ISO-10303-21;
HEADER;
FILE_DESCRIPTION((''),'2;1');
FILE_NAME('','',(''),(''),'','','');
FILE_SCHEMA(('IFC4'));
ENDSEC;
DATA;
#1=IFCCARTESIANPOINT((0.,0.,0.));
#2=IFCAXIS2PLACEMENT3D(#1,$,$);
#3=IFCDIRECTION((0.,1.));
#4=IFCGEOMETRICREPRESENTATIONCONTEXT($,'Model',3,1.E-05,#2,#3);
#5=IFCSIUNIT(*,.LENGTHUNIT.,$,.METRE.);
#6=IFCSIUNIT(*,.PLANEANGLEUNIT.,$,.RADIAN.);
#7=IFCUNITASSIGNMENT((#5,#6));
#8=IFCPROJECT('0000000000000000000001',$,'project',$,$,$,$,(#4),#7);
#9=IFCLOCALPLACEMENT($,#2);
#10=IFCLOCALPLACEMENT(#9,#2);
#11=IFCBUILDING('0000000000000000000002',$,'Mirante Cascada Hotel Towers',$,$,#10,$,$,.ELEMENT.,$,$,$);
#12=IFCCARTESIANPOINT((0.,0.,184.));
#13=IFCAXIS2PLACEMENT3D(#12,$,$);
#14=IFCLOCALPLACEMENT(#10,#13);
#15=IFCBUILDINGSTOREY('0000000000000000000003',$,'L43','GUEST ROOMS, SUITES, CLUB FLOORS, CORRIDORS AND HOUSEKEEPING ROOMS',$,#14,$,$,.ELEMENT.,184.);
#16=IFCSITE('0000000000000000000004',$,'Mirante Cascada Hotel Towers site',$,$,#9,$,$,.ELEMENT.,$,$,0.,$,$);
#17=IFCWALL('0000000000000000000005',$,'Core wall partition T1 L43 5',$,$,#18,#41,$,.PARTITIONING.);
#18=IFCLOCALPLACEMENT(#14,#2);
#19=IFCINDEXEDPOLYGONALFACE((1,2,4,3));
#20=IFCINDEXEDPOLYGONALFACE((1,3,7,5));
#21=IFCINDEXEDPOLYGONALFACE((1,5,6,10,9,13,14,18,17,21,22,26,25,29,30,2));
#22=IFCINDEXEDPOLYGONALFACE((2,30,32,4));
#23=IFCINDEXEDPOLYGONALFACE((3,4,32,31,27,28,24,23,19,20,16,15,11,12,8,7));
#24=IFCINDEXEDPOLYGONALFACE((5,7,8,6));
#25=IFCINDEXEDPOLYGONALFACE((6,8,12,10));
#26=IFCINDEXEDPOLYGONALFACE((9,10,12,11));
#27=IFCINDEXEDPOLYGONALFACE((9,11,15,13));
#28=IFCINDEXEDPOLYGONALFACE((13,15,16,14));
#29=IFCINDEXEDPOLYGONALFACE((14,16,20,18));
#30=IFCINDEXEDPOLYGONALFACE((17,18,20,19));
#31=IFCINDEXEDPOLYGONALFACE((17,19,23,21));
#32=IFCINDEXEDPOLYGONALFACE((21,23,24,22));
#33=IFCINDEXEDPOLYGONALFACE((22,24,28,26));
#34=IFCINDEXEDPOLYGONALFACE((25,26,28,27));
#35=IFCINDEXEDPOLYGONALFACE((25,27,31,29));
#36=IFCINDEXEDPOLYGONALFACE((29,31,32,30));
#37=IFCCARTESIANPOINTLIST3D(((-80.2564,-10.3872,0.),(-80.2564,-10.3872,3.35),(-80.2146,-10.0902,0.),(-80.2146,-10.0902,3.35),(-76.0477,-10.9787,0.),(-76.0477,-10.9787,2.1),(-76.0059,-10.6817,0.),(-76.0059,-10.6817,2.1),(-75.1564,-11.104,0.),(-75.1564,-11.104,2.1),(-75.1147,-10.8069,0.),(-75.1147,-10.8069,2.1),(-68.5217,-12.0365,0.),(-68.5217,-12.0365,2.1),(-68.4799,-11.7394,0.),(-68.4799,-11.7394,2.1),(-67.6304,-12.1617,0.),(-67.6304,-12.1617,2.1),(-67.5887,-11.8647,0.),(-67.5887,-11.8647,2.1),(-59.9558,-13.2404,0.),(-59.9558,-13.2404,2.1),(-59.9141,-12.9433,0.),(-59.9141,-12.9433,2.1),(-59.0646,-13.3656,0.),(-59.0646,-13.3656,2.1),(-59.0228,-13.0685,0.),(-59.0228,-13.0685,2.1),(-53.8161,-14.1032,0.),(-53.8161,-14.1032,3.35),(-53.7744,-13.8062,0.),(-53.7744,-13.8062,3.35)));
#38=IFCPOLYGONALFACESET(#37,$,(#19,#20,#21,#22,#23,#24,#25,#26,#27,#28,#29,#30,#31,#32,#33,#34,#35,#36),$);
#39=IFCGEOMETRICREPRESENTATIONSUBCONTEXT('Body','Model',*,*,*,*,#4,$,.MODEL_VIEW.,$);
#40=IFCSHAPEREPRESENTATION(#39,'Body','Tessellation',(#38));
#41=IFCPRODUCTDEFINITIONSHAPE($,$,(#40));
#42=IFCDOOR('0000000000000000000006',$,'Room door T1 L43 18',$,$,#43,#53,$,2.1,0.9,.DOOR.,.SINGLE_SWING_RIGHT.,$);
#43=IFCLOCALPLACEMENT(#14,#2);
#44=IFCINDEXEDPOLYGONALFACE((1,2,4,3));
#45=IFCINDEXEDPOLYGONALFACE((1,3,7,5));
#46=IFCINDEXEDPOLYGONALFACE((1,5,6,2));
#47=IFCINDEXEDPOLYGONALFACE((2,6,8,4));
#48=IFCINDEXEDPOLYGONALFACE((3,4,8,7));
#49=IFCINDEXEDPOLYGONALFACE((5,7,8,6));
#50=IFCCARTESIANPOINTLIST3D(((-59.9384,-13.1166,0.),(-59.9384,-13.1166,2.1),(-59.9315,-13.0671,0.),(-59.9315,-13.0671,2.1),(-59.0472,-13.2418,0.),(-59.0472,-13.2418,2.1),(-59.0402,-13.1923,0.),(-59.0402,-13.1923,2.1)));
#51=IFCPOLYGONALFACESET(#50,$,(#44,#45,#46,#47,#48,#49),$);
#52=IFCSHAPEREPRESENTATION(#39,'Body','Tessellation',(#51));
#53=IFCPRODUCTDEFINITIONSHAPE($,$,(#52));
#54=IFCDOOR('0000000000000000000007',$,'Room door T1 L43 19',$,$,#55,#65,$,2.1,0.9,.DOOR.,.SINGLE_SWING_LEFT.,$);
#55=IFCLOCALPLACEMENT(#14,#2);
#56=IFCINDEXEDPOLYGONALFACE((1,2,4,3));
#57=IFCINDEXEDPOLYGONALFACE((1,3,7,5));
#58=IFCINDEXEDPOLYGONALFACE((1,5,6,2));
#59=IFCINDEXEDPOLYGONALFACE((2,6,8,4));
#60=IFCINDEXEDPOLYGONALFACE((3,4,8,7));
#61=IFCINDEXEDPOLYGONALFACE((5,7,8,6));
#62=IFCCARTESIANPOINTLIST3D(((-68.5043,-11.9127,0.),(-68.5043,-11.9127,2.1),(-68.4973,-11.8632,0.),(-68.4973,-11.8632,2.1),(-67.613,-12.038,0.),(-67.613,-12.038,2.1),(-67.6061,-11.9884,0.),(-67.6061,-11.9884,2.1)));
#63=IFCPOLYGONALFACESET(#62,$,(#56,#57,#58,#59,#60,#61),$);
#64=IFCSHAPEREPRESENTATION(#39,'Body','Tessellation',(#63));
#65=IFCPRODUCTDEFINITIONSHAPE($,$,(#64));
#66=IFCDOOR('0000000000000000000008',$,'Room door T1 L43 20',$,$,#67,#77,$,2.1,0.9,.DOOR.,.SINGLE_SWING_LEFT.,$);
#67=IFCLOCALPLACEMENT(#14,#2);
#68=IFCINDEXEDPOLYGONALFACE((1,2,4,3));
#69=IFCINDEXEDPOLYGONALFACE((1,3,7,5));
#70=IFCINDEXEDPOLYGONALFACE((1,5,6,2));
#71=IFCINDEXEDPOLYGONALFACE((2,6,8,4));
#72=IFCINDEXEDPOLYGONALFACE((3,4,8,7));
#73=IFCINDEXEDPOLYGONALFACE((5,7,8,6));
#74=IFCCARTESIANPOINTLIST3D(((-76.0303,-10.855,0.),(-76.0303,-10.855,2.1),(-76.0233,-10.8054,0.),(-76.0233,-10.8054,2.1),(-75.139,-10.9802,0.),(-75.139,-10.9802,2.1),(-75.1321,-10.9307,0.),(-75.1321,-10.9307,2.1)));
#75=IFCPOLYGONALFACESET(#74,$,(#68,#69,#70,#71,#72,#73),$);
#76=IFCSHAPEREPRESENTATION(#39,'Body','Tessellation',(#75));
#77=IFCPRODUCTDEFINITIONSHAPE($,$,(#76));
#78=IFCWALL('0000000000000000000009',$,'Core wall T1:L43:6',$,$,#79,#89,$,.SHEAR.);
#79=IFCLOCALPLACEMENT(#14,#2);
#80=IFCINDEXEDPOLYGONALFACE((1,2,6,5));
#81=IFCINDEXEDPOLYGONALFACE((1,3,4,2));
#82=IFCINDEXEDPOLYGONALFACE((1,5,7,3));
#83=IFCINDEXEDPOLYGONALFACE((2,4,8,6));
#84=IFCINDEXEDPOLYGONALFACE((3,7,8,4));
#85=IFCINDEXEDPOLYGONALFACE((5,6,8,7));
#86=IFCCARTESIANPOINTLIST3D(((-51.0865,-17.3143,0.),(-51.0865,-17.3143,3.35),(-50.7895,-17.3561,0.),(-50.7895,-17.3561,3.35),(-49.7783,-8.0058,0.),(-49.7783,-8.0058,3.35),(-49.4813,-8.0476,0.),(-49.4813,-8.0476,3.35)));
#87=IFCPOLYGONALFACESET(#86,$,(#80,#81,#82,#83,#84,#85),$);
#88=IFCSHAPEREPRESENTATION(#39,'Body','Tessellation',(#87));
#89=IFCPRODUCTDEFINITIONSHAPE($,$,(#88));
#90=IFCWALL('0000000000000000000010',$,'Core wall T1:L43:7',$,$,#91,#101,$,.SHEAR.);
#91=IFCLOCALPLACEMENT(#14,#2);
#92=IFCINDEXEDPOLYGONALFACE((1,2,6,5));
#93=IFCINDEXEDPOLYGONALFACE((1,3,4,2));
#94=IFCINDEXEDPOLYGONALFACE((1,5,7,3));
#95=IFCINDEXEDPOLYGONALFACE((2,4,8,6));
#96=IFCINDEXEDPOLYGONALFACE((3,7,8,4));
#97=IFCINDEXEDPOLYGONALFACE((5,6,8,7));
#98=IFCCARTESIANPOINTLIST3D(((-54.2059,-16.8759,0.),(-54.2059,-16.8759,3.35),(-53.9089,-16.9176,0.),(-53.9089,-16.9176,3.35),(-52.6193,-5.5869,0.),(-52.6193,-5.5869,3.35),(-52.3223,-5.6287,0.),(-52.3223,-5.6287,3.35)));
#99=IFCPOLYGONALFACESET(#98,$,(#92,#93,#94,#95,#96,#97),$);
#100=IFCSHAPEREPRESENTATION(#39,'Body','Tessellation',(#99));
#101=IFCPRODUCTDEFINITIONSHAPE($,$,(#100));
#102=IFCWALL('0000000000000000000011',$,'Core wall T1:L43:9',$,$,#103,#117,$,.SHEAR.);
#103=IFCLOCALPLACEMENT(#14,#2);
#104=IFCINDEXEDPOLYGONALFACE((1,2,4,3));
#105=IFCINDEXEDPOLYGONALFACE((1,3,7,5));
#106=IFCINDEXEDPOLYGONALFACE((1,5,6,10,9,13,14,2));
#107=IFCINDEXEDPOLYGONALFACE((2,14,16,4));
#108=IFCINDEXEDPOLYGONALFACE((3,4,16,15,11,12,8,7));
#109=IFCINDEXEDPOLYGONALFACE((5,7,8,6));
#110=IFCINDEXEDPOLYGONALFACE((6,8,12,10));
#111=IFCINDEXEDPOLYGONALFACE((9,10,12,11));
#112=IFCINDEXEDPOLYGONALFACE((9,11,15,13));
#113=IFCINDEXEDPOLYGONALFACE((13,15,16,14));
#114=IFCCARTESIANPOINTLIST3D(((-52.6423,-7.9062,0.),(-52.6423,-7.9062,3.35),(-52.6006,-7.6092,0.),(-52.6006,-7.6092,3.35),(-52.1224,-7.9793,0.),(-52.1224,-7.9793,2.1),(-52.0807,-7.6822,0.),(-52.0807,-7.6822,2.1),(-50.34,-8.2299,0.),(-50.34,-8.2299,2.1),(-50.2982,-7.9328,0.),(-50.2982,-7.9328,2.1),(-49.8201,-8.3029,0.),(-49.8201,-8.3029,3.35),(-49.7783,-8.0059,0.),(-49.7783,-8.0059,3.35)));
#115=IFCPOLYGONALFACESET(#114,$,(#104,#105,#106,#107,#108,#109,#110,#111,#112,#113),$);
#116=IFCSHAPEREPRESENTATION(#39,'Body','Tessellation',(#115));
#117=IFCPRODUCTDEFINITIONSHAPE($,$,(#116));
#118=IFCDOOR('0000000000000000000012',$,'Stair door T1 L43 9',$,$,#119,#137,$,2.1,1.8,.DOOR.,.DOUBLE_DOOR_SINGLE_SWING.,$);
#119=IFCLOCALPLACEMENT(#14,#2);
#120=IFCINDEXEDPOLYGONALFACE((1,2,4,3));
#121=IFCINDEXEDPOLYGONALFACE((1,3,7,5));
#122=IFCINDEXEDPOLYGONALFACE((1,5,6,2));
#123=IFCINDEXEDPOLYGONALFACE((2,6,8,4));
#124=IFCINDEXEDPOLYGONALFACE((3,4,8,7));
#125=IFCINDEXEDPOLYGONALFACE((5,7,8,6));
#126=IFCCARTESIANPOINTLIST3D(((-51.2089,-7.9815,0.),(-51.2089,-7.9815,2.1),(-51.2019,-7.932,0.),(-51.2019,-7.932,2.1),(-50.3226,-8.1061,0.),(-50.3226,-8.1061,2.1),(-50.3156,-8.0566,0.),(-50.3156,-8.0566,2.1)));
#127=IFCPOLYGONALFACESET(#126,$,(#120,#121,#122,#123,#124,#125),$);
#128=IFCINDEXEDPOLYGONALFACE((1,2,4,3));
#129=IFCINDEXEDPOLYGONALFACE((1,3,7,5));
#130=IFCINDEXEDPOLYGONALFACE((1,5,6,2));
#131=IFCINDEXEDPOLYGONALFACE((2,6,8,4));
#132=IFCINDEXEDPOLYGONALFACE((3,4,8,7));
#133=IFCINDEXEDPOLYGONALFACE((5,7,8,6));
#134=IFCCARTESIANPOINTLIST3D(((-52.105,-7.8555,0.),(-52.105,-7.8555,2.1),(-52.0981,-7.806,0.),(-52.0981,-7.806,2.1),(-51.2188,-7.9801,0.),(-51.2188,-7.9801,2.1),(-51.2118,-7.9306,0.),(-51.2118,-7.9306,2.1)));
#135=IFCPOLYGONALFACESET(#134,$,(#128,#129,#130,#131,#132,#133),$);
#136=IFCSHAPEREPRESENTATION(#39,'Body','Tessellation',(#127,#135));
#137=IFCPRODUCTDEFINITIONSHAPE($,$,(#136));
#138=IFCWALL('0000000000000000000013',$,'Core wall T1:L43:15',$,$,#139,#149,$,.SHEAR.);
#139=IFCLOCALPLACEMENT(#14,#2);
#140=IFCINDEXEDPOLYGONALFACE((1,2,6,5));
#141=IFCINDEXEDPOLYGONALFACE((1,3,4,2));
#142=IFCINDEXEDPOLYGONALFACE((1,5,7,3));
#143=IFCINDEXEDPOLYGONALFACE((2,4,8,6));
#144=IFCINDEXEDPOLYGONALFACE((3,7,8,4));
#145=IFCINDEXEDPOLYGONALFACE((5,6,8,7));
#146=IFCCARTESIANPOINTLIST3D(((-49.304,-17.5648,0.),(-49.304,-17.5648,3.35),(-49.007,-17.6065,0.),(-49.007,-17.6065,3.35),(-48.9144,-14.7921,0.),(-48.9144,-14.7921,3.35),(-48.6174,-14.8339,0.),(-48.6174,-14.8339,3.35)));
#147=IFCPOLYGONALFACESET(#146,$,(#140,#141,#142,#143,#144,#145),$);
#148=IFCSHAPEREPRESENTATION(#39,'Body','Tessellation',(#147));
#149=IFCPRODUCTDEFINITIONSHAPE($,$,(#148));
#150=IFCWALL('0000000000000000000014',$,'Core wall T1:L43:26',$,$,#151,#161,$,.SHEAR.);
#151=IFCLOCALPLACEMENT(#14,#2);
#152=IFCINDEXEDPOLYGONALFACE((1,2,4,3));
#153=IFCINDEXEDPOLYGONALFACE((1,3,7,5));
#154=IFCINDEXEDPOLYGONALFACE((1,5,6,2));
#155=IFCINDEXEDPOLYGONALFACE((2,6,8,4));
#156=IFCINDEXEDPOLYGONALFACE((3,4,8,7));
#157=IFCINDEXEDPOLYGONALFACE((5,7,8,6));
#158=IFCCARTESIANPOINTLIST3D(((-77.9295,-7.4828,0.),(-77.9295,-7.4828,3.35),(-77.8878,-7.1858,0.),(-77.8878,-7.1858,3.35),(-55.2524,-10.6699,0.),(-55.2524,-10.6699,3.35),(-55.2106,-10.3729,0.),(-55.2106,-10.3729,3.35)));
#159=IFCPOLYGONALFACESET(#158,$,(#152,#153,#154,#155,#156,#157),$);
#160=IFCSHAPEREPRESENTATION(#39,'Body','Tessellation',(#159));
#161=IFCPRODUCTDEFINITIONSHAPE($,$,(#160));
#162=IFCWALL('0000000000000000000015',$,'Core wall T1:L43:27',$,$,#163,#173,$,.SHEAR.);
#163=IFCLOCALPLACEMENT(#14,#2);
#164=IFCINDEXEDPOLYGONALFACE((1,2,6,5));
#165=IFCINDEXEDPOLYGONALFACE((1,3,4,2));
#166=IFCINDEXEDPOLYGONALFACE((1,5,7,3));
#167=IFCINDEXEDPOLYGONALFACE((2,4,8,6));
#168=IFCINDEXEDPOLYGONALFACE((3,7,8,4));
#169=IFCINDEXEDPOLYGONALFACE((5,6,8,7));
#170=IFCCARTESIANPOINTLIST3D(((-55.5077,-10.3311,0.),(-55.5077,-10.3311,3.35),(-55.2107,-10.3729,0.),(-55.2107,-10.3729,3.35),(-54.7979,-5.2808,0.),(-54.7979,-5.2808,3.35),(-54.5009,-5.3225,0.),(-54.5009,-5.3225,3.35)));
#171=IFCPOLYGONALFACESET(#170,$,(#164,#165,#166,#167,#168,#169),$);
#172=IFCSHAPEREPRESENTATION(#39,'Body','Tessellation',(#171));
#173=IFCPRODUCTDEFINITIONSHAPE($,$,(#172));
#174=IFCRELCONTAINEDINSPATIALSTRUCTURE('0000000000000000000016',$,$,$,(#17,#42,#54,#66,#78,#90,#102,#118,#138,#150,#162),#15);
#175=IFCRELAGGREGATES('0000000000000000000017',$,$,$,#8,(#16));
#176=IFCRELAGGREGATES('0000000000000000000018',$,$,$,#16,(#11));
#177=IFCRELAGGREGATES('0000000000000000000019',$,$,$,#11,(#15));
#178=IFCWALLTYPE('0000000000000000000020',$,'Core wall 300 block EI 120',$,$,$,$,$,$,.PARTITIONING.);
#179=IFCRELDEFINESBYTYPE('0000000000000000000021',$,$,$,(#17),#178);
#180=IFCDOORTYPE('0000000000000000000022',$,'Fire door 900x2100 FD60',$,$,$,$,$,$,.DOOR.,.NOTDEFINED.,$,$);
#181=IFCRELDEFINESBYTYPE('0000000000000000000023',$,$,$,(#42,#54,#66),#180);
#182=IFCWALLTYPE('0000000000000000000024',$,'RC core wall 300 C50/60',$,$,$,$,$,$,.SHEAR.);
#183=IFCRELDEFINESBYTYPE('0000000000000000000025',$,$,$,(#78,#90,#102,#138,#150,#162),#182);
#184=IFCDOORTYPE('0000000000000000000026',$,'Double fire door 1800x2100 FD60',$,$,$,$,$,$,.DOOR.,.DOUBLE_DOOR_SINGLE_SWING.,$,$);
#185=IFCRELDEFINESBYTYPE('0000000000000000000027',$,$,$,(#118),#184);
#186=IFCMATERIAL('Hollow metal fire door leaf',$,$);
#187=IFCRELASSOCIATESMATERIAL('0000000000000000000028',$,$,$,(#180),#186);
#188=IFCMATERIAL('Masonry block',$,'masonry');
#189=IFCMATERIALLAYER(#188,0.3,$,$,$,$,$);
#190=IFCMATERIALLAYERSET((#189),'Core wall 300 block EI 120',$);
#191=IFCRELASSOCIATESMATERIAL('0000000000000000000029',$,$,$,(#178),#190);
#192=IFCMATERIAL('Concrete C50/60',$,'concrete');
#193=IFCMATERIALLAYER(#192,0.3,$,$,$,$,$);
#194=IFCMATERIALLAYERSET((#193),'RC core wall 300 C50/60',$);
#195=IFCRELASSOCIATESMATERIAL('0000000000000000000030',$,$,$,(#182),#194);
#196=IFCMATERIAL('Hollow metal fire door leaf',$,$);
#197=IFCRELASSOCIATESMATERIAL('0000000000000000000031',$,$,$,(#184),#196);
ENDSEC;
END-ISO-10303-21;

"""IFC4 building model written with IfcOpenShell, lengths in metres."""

from ifc_helpers import new_model, si_unit, direction, frame, frame_2d, origin, place, context, subcontext, project, spatial, rectangle, extrude, material, layer, layer_set, type_object, element, fill, save


model = new_model("IFC4")

# Units and contexts
model_context = context("Model", 3, precision=1e-05, world=origin(), true_north=direction((0.0, 1.0)))
body_context = subcontext(model_context, "Body", "Model", "MODEL_VIEW")
ifc_project = project(units=[si_unit("LENGTHUNIT", "METRE"), si_unit("PLANEANGLEUNIT", "RADIAN")], contexts=[model_context])

# Site, building, storey
site_placement = place(None, origin())
site = spatial("IfcSite", under=ifc_project, at=site_placement, Name="Mirante Cascada Hotel Towers site", CompositionType="ELEMENT", RefElevation=0.0)
building_placement = place(site_placement, origin())
building = spatial("IfcBuilding", under=site, at=building_placement, Name="Mirante Cascada Hotel Towers", CompositionType="ELEMENT")
storey_placement = place(building_placement, frame((0.0, 0.0, 184.0)))
storey = spatial("IfcBuildingStorey", under=building, at=storey_placement, Name="L43", Description="GUEST ROOMS, SUITES, CLUB FLOORS, CORRIDORS AND HOUSEKEEPING ROOMS", CompositionType="ELEMENT", Elevation=184.0)

# Shared definitions
ifc_material_1 = material(Name="Hollow metal fire door leaf")
door_type_1 = type_object("IfcDoorType", Name="Fire door 900x2100 FD60", OperationType="NOTDEFINED", PredefinedType="DOOR", material=ifc_material_1)

# Wall, openings, doors
ifc_material_2 = material(Name="Masonry block", Category="masonry")
ifc_layer_1 = layer(ifc_material_2, 0.3)
ifc_layer_set_1 = layer_set([ifc_layer_1], Name="Core wall 300 block EI 120")
wall_type_1 = type_object("IfcWallType", Name="Core wall 300 block EI 120", PredefinedType="PARTITIONING", material=ifc_layer_set_1)
wall_1_placement = place(storey_placement, frame((-53.7953, -13.9547, 0.0), z_axis=(0.0, 0.0, 1.0), x_axis=(-0.990268, 0.139176, 0.0)))
wall_1 = element("IfcWall", 1, at=wall_1_placement, inside=storey, type_object=wall_type_1, Name="Core wall partition T1 L43 5", PredefinedType="PARTITIONING", context=body_context, shape_type="SweptSolid", body=[
    extrude(rectangle(XDim=26.7001, YDim=0.3, at=frame_2d((13.35, 0.0))), origin(), (0.0, 0.0, 1.0), 3.35),
])
opening_1_placement = place(wall_1_placement, frame((5.3, 0.0, 0.0)))
opening_1 = element("IfcOpeningElement", 2, at=opening_1_placement, cuts=wall_1, PredefinedType="OPENING", context=body_context, shape_type="SweptSolid", body=[
    extrude(rectangle(XDim=0.9, YDim=2.1, at=frame_2d((0.45, 1.05))), frame((0.0, 0.15, 0.0), z_axis=(0.0, -1.0, 0.0), x_axis=(1.0, 0.0, 0.0)), (0.0, 0.0, 1.0), 0.3),
])
opening_2_placement = place(wall_1_placement, frame((13.95, 0.0, 0.0)))
opening_2 = element("IfcOpeningElement", 3, at=opening_2_placement, cuts=wall_1, PredefinedType="OPENING", context=body_context, shape_type="SweptSolid", body=[
    extrude(rectangle(XDim=0.9, YDim=2.1, at=frame_2d((0.45, 1.05))), frame((0.0, 0.15, 0.0), z_axis=(0.0, -1.0, 0.0), x_axis=(1.0, 0.0, 0.0)), (0.0, 0.0, 1.0), 0.3),
])
opening_3_placement = place(wall_1_placement, frame((21.55, 0.0, 0.0)))
opening_3 = element("IfcOpeningElement", 4, at=opening_3_placement, cuts=wall_1, PredefinedType="OPENING", context=body_context, shape_type="SweptSolid", body=[
    extrude(rectangle(XDim=0.9, YDim=2.1, at=frame_2d((0.45, 1.05))), frame((0.0, 0.15, 0.0), z_axis=(0.0, -1.0, 0.0), x_axis=(1.0, 0.0, 0.0)), (0.0, 0.0, 1.0), 0.3),
])
door_1_placement = place(opening_1_placement, origin())
door_1 = element("IfcDoor", 5, at=door_1_placement, inside=storey, type_object=door_type_1, Name="Room door T1 L43 18", OperationType="SINGLE_SWING_RIGHT", OverallHeight=2.1, OverallWidth=0.9, PredefinedType="DOOR", context=body_context, shape_type="SweptSolid", body=[
    extrude(rectangle(XDim=0.9, YDim=2.1, at=frame_2d((0.45, 1.05))), frame((0.0, 0.025, 0.0), z_axis=(0.0, -1.0, 0.0), x_axis=(1.0, 0.0, 0.0)), (0.0, 0.0, 1.0), 0.05),
])
fill(opening_1, door_1)
door_2_placement = place(opening_2_placement, origin())
door_2 = element("IfcDoor", 6, at=door_2_placement, inside=storey, type_object=door_type_1, Name="Room door T1 L43 19", OperationType="SINGLE_SWING_LEFT", OverallHeight=2.1, OverallWidth=0.9, PredefinedType="DOOR", context=body_context, shape_type="SweptSolid", body=[
    extrude(rectangle(XDim=0.9, YDim=2.1, at=frame_2d((0.45, 1.05))), frame((0.0, 0.025, 0.0), z_axis=(0.0, -1.0, 0.0), x_axis=(1.0, 0.0, 0.0)), (0.0, 0.0, 1.0), 0.05),
])
fill(opening_2, door_2)
door_3_placement = place(opening_3_placement, origin())
door_3 = element("IfcDoor", 7, at=door_3_placement, inside=storey, type_object=door_type_1, Name="Room door T1 L43 20", OperationType="SINGLE_SWING_LEFT", OverallHeight=2.1, OverallWidth=0.9, PredefinedType="DOOR", context=body_context, shape_type="SweptSolid", body=[
    extrude(rectangle(XDim=0.9, YDim=2.1, at=frame_2d((0.45, 1.05))), frame((0.0, 0.025, 0.0), z_axis=(0.0, -1.0, 0.0), x_axis=(1.0, 0.0, 0.0)), (0.0, 0.0, 1.0), 0.05),
])
fill(opening_3, door_3)

# Walls
ifc_material_3 = material(Name="Concrete C50/60", Category="concrete")
ifc_layer_2 = layer(ifc_material_3, 0.3)
ifc_layer_set_2 = layer_set([ifc_layer_2], Name="RC core wall 300 C50/60")
wall_type_2 = type_object("IfcWallType", Name="RC core wall 300 C50/60", PredefinedType="SHEAR", material=ifc_layer_set_2)
wall_2_placement = place(storey_placement, frame((-50.938, -17.3352, 0.0), z_axis=(0.0, 0.0, 1.0), x_axis=(0.139171, 0.990268, 0.0)))
element("IfcWall", 8, at=wall_2_placement, inside=storey, type_object=wall_type_2, Name="Core wall T1:L43:6", PredefinedType="SHEAR", context=body_context, shape_type="SweptSolid", body=[
    extrude(rectangle(XDim=9.4, YDim=0.3, at=frame_2d((4.7, 0.0))), origin(), (0.0, 0.0, 1.0), 3.35),
])
wall_3_placement = place(storey_placement, frame((-54.0574, -16.8968, 0.0), z_axis=(0.0, 0.0, 1.0), x_axis=(0.139176, 0.990268, 0.0)))
element("IfcWall", 9, at=wall_3_placement, inside=storey, type_object=wall_type_2, Name="Core wall T1:L43:7", PredefinedType="SHEAR", context=body_context, shape_type="SweptSolid", body=[
    extrude(rectangle(XDim=11.3999, YDim=0.3, at=frame_2d((5.7, 0.0))), origin(), (0.0, 0.0, 1.0), 3.35),
])

# Wall, opening, door
wall_4_placement = place(storey_placement, frame((-49.7992, -8.1544, 0.0), z_axis=(0.0, 0.0, 1.0), x_axis=(-0.990266, 0.139191, 0.0)))
wall_4 = element("IfcWall", 10, at=wall_4_placement, inside=storey, type_object=wall_type_2, Name="Core wall T1:L43:9", PredefinedType="SHEAR", context=body_context, shape_type="SweptSolid", body=[
    extrude(rectangle(XDim=2.85, YDim=0.3, at=frame_2d((1.425, 0.0))), origin(), (0.0, 0.0, 1.0), 3.35),
])
opening_4_placement = place(wall_4_placement, frame((0.525, 0.0, 0.0)))
opening_4 = element("IfcOpeningElement", 11, at=opening_4_placement, cuts=wall_4, PredefinedType="OPENING", context=body_context, shape_type="SweptSolid", body=[
    extrude(rectangle(XDim=1.8, YDim=2.1, at=frame_2d((0.9, 1.05))), frame((0.0, 0.15, 0.0), z_axis=(0.0, -1.0, 0.0), x_axis=(1.0, 0.0, 0.0)), (0.0, 0.0, 1.0), 0.3),
])
ifc_material_4 = material(Name="Hollow metal fire door leaf")
door_type_2 = type_object("IfcDoorType", Name="Double fire door 1800x2100 FD60", OperationType="DOUBLE_DOOR_SINGLE_SWING", PredefinedType="DOOR", material=ifc_material_4)
door_4_placement = place(opening_4_placement, origin())
door_4 = element("IfcDoor", 12, at=door_4_placement, inside=storey, type_object=door_type_2, Name="Stair door T1 L43 9", OperationType="DOUBLE_DOOR_SINGLE_SWING", OverallHeight=2.1, OverallWidth=1.8, PredefinedType="DOOR", context=body_context, shape_type="SweptSolid", body=[
    extrude(rectangle(XDim=0.895, YDim=2.1, at=frame_2d((0.4475, 1.05))), frame((0.0, 0.025, 0.0), z_axis=(0.0, -1.0, 0.0), x_axis=(1.0, 0.0, 0.0)), (0.0, 0.0, 1.0), 0.05),
    extrude(rectangle(XDim=0.895, YDim=2.1, at=frame_2d((1.3525, 1.05))), frame((0.0, 0.025, 0.0), z_axis=(0.0, -1.0, 0.0), x_axis=(1.0, 0.0, 0.0)), (0.0, 0.0, 1.0), 0.05),
])
fill(opening_4, door_4)

# Walls
wall_5_placement = place(storey_placement, frame((-49.1555, -17.5857, 0.0), z_axis=(0.0, 0.0, 1.0), x_axis=(0.139146, 0.990272, 0.0)))
element("IfcWall", 13, at=wall_5_placement, inside=storey, type_object=wall_type_2, Name="Core wall T1:L43:15", PredefinedType="SHEAR", context=body_context, shape_type="SweptSolid", body=[
    extrude(rectangle(XDim=2.7999, YDim=0.3, at=frame_2d((1.4, 0.0))), origin(), (0.0, 0.0, 1.0), 3.35),
])
wall_6_placement = place(storey_placement, frame((-55.2315, -10.5214, 0.0), z_axis=(0.0, 0.0, 1.0), x_axis=(-0.990268, 0.139175, 0.0)))
element("IfcWall", 14, at=wall_6_placement, inside=storey, type_object=wall_type_2, Name="Core wall T1:L43:26", PredefinedType="SHEAR", context=body_context, shape_type="SweptSolid", body=[
    extrude(rectangle(XDim=22.9, YDim=0.3, at=frame_2d((11.45, 0.0))), origin(), (0.0, 0.0, 1.0), 3.35),
])
wall_7_placement = place(storey_placement, frame((-55.3592, -10.352, 0.0), z_axis=(0.0, 0.0, 1.0), x_axis=(0.139176, 0.990268, 0.0)))
element("IfcWall", 15, at=wall_7_placement, inside=storey, type_object=wall_type_2, Name="Core wall T1:L43:27", PredefinedType="SHEAR", context=body_context, shape_type="SweptSolid", body=[
    extrude(rectangle(XDim=5.1, YDim=0.3, at=frame_2d((2.55, 0.0))), origin(), (0.0, 0.0, 1.0), 3.35),
])

save(model, "model.ifc")
